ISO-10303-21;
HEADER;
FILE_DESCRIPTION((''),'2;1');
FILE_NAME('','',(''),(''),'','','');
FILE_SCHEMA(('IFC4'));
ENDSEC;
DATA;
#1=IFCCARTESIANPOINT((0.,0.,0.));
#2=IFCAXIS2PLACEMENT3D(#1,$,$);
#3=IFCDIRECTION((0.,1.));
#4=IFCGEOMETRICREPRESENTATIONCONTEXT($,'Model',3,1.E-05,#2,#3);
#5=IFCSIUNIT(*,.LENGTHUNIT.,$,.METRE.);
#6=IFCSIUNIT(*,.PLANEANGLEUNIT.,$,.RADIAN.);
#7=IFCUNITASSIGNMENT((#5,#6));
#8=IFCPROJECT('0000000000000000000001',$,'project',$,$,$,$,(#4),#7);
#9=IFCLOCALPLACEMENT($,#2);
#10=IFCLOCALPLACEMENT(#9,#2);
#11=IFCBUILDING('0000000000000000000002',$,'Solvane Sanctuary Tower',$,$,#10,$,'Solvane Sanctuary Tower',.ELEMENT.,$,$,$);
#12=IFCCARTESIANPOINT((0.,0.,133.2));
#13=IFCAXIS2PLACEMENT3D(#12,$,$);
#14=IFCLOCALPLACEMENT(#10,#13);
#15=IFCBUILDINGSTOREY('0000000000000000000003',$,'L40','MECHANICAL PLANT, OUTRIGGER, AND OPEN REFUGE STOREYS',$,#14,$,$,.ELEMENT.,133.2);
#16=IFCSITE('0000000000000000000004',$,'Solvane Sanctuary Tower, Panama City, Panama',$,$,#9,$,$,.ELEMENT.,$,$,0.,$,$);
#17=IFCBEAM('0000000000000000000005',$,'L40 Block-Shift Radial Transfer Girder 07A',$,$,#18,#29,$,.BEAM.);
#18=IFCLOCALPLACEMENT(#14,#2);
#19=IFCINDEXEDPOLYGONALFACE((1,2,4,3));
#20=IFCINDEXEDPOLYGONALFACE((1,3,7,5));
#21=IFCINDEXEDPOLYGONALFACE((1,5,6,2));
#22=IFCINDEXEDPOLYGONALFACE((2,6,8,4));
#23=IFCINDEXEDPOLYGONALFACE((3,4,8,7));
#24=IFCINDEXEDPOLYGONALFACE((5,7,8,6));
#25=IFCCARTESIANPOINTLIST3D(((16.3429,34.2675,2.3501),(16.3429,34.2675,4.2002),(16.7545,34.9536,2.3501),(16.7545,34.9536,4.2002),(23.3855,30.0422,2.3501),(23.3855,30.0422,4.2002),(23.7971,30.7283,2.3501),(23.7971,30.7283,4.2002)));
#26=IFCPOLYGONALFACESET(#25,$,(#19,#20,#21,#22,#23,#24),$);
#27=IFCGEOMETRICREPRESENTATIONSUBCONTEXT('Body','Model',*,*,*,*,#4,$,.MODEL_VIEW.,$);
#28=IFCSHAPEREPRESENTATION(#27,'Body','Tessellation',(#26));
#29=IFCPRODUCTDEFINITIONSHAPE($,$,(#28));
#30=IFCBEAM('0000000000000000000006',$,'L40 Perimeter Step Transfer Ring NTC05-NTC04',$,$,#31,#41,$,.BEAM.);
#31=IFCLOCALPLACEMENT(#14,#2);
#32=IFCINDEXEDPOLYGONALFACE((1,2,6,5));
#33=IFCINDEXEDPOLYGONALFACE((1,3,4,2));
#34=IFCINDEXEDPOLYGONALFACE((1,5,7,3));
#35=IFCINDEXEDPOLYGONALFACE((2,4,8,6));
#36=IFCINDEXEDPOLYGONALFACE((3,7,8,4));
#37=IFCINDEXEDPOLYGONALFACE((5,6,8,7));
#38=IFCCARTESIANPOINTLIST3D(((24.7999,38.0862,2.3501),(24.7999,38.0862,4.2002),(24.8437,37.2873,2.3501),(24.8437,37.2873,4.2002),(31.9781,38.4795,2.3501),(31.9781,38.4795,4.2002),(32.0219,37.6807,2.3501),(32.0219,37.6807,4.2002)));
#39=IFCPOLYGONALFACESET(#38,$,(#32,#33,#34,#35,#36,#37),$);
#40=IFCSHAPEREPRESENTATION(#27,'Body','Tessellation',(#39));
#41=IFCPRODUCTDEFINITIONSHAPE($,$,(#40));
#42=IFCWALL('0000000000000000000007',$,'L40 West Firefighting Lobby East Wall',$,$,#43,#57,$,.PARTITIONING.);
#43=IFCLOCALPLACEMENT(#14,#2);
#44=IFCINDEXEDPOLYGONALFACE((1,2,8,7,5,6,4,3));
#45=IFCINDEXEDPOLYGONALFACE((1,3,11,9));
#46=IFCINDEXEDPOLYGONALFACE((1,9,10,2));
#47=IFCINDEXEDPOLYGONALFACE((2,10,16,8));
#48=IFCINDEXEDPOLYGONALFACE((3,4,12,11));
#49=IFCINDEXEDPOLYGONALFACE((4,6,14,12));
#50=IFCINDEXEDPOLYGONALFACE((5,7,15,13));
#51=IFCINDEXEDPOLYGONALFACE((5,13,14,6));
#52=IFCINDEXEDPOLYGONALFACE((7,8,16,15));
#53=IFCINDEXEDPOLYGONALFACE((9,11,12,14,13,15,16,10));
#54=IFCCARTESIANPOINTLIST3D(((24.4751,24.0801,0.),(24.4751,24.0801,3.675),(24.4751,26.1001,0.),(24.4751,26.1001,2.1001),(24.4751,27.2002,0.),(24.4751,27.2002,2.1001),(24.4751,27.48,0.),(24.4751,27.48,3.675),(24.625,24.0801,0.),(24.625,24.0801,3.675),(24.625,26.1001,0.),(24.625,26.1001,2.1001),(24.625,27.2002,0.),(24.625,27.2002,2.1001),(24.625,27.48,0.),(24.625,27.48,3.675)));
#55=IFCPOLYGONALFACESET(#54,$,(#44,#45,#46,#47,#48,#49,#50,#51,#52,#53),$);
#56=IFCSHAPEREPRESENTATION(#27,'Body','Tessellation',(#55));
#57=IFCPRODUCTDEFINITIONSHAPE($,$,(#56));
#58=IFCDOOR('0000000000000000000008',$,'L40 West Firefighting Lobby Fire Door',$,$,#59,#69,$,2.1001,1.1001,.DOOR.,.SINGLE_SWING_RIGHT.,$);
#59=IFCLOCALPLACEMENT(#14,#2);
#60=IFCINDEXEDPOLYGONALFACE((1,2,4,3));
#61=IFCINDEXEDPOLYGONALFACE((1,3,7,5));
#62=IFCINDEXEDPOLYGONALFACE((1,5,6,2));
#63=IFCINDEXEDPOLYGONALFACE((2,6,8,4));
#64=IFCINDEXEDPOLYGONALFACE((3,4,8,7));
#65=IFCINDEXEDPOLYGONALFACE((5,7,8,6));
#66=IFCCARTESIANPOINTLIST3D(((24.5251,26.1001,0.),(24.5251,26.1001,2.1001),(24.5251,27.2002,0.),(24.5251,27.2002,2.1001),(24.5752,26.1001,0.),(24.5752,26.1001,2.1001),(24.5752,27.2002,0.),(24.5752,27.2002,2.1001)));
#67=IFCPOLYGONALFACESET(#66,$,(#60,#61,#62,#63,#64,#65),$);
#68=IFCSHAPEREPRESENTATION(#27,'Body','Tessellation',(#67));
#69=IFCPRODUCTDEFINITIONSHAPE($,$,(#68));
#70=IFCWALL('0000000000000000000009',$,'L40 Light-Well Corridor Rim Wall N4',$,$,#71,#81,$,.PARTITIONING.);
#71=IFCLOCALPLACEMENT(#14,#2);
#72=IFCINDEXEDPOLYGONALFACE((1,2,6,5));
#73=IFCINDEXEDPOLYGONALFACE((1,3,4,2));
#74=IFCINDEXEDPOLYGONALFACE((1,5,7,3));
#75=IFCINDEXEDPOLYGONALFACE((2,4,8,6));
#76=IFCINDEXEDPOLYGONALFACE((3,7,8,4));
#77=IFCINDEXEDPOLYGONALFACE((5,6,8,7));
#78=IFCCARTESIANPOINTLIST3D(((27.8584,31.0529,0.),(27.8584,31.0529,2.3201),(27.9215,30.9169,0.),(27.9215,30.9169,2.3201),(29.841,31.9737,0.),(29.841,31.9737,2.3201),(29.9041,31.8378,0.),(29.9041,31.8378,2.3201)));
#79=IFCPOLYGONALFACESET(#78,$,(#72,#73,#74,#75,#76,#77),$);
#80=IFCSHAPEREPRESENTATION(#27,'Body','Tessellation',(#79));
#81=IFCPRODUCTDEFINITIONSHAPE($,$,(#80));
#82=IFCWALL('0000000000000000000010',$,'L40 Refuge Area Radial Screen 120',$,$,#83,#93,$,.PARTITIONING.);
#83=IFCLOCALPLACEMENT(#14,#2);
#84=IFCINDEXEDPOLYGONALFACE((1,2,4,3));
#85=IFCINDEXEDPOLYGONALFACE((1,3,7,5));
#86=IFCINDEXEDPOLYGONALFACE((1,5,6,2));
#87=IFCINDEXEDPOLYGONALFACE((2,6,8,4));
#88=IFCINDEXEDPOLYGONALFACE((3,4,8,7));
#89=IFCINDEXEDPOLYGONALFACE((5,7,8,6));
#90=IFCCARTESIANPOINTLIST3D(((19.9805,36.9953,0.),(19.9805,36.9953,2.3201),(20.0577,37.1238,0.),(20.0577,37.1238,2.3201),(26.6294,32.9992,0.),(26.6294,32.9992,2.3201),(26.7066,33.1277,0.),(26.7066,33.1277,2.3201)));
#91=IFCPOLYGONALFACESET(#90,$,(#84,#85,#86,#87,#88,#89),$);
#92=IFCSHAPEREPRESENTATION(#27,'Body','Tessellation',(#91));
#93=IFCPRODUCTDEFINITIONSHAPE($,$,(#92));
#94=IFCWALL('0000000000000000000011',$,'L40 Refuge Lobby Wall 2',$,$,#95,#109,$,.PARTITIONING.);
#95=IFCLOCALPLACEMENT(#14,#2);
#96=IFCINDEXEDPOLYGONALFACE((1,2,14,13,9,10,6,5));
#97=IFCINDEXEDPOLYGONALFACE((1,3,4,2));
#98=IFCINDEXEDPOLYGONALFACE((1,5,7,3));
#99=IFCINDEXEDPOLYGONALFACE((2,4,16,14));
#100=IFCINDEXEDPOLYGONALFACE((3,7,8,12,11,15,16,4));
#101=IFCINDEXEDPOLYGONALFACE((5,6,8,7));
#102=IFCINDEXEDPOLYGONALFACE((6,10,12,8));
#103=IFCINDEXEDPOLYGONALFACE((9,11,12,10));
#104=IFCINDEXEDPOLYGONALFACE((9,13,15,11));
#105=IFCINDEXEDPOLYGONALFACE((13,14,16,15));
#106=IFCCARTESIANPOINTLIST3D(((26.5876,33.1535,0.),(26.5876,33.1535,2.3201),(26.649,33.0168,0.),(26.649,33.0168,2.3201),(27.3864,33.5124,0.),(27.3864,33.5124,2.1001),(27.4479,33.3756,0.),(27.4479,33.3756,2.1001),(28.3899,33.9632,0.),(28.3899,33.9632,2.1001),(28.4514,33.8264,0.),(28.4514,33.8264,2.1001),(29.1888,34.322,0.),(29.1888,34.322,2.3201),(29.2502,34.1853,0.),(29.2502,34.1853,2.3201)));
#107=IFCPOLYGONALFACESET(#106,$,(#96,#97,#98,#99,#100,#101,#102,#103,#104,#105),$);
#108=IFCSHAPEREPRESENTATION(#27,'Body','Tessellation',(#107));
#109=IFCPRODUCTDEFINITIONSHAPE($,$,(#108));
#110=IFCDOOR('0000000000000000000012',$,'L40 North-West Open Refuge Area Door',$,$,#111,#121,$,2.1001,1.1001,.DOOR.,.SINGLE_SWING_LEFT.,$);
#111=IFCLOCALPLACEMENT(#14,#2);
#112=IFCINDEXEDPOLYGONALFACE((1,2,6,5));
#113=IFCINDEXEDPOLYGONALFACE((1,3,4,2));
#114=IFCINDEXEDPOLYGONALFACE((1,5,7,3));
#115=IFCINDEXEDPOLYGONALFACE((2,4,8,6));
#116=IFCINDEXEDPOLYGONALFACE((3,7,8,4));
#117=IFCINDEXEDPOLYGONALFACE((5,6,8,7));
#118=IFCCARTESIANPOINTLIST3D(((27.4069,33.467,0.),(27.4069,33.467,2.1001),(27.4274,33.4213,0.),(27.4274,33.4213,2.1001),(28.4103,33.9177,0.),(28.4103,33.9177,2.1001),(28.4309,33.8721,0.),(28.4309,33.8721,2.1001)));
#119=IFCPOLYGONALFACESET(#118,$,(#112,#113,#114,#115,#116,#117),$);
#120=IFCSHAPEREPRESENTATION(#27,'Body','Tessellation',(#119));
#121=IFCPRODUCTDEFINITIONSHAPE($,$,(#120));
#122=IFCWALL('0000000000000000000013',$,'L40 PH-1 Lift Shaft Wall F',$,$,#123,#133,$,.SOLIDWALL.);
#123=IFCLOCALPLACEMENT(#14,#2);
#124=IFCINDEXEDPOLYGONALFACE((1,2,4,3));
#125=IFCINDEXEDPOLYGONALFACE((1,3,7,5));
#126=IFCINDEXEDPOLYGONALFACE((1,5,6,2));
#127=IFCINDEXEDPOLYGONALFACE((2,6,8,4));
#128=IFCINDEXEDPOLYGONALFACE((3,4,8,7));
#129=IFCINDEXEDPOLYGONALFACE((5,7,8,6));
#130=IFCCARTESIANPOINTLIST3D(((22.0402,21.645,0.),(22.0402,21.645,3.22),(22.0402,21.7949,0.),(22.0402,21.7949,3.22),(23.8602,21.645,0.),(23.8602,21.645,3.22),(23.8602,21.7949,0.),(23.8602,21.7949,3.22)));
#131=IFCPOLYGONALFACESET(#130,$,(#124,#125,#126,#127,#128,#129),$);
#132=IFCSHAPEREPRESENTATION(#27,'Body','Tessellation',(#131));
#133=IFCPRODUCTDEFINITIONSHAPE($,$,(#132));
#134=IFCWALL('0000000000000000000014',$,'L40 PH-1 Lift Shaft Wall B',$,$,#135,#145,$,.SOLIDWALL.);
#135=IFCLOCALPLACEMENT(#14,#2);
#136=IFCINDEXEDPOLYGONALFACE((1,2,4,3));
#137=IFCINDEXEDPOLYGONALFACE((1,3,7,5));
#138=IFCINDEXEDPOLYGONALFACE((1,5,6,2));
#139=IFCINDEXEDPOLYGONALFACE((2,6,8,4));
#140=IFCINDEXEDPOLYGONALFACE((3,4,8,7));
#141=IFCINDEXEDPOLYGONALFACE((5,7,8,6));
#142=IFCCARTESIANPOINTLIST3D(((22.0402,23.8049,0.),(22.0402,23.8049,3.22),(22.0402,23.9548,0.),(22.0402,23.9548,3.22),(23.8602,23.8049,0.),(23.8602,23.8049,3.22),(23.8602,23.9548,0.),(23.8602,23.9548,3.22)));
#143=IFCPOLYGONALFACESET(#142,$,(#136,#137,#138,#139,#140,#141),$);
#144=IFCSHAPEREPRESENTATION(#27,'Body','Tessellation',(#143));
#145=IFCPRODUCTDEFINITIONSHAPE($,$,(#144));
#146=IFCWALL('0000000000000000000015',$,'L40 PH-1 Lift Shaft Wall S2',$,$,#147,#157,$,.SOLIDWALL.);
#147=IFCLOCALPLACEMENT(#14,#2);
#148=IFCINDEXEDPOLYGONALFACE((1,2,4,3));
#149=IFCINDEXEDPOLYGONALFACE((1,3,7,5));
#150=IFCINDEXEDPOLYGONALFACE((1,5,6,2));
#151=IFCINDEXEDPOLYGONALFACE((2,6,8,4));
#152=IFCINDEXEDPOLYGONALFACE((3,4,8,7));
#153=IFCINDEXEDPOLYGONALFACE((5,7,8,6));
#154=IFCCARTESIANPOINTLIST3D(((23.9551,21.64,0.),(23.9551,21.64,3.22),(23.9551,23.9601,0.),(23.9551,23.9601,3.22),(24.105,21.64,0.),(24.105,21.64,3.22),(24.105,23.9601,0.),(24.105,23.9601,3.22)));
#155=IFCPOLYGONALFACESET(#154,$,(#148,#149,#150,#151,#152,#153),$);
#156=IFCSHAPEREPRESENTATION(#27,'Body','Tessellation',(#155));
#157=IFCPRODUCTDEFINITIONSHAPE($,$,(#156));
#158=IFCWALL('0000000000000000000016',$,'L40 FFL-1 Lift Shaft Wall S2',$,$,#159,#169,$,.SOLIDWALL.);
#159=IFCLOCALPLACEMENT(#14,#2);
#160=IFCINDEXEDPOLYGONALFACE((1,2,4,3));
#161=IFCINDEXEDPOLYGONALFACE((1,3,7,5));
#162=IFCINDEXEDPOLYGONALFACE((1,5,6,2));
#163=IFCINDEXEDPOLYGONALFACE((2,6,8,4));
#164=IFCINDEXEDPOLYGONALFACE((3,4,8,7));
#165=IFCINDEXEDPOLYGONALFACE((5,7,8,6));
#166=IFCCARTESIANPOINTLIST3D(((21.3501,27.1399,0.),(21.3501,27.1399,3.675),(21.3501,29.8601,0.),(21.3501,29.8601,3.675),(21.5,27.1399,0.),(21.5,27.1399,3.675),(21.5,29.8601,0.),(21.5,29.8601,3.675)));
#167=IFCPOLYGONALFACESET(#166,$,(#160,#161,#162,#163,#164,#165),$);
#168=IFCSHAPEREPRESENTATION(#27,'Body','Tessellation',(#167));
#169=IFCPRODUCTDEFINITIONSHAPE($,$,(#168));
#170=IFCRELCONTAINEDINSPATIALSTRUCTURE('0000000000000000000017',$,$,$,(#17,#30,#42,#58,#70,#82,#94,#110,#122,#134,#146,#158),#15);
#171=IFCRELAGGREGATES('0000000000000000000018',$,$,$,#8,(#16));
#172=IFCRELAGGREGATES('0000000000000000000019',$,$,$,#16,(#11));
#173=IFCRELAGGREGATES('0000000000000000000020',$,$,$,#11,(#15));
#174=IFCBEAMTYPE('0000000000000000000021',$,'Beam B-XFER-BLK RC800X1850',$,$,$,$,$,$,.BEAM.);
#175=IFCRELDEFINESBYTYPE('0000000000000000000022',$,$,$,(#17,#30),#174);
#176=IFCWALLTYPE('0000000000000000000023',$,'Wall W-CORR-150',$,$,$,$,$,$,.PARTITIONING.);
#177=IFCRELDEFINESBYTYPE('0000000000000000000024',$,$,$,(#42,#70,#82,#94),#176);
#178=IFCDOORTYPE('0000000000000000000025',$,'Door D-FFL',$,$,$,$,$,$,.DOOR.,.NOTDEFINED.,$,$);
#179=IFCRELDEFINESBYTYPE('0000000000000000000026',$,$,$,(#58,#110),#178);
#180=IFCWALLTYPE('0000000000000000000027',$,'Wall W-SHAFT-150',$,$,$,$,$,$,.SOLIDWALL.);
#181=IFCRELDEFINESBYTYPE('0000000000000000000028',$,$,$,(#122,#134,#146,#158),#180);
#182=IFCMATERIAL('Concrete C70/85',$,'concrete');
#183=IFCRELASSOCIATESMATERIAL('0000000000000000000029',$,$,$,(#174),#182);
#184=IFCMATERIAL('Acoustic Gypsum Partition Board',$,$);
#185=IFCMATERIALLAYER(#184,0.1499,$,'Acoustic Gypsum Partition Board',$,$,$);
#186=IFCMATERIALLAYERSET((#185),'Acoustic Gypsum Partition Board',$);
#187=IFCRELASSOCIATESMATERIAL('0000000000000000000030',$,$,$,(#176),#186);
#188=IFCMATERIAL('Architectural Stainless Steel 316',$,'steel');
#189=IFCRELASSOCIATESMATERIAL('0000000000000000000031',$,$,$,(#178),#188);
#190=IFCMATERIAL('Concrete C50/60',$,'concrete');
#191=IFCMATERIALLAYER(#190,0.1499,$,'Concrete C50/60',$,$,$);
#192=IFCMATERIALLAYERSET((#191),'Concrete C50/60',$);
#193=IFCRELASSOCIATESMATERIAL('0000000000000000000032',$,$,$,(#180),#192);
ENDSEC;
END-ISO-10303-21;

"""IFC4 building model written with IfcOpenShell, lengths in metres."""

from ifc_helpers import new_model, si_unit, direction, frame, frame_2d, origin, origin_2d, place, context, subcontext, project, spatial, rectangle, extrude, material, layer, layer_set, material_profile, profile_set, type_object, element, fill, save


model = new_model("IFC4")

# Units and contexts
model_context = context("Model", 3, precision=1e-05, world=origin(), true_north=direction((0.0, 1.0)))
body_context = subcontext(model_context, "Body", "Model", "MODEL_VIEW")
ifc_project = project(units=[si_unit("LENGTHUNIT", "METRE"), si_unit("PLANEANGLEUNIT", "RADIAN")], contexts=[model_context])

# Site, building, storey
site_placement = place(None, origin())
site = spatial("IfcSite", under=ifc_project, at=site_placement, Name="Solvane Sanctuary Tower, Panama City, Panama", CompositionType="ELEMENT", RefElevation=0.0)
building_placement = place(site_placement, origin())
building = spatial("IfcBuilding", under=site, at=building_placement, Name="Solvane Sanctuary Tower", LongName="Solvane Sanctuary Tower", CompositionType="ELEMENT")
storey_placement = place(building_placement, frame((0.0, 0.0, 133.2)))
storey = spatial("IfcBuildingStorey", under=building, at=storey_placement, Name="L40", Description="MECHANICAL PLANT, OUTRIGGER, AND OPEN REFUGE STOREYS", CompositionType="ELEMENT", Elevation=133.2)

# Shared definitions
ifc_material_1 = material(Name="Concrete C50/60", Category="concrete")
ifc_material_2 = material(Name="Concrete C70/85", Category="concrete")

# Beams
ifc_material_profile_1 = material_profile(ifc_material_2, rectangle(XDim=0.8, YDim=1.8501, at=origin_2d()), Name="RC800X1850")
ifc_profile_set_1 = profile_set([ifc_material_profile_1], Name="Concrete C70/85")
beam_type_1 = type_object("IfcBeamType", Name="Beam B-XFER-BLK RC800X1850", PredefinedType="BEAM", material=ifc_profile_set_1)
beam_1_placement = place(storey_placement, frame((23.5913, 30.3853, 3.2751), z_axis=(-0.857509, 0.51447, 0.0), x_axis=(-0.51447, -0.857509, 0.0)))
element("IfcBeam", 1, at=beam_1_placement, inside=storey, type_object=beam_type_1, Name="L40 Block-Shift Radial Transfer Girder 07A", PredefinedType="BEAM", context=body_context, shape_type="SweptSolid", body=[
    extrude(rectangle(XDim=0.8, YDim=1.8501, at=origin_2d()), origin(), (0.0, 0.0, 1.0), 8.2129),
])
beam_2_placement = place(storey_placement, frame((24.8218, 37.6868, 3.2751), z_axis=(0.998502, 0.05471, 0.0), x_axis=(-0.05471, 0.998502, 0.0)))
element("IfcBeam", 2, at=beam_2_placement, inside=storey, type_object=beam_type_1, Name="L40 Perimeter Step Transfer Ring NTC05-NTC04", PredefinedType="BEAM", context=body_context, shape_type="SweptSolid", body=[
    extrude(rectangle(XDim=0.8, YDim=1.8501, at=origin_2d()), origin(), (0.0, 0.0, 1.0), 7.189),
])

# Wall, opening, door
ifc_material_3 = material(Name="Acoustic Gypsum Partition Board")
ifc_layer_1 = layer(ifc_material_3, 0.1499, Name="Acoustic Gypsum Partition Board")
ifc_layer_set_1 = layer_set([ifc_layer_1], Name="Acoustic Gypsum Partition Board")
wall_type_1 = type_object("IfcWallType", Name="Wall W-CORR-150", PredefinedType="PARTITIONING", material=ifc_layer_set_1)
wall_1_placement = place(storey_placement, frame((24.55, 24.0801, 0.0), z_axis=(0.0, 0.0, 1.0), x_axis=(0.0, 1.0, 0.0)))
wall_1 = element("IfcWall", 3, at=wall_1_placement, inside=storey, type_object=wall_type_1, Name="L40 West Firefighting Lobby East Wall", PredefinedType="PARTITIONING", context=body_context, shape_type="SweptSolid", body=[
    extrude(rectangle(XDim=3.3999, YDim=0.1499, at=frame_2d((1.7, 0.0))), origin(), (0.0, 0.0, 1.0), 3.675),
])
opening_1_placement = place(wall_1_placement, frame((2.02, 0.0, 0.0)))
opening_1 = element("IfcOpeningElement", 4, at=opening_1_placement, cuts=wall_1, PredefinedType="OPENING", context=body_context, shape_type="SweptSolid", body=[
    extrude(rectangle(XDim=1.1001, YDim=2.1001, at=frame_2d((0.55, 1.05))), frame((0.0, 0.085, 0.0), z_axis=(0.0, -1.0, 0.0), x_axis=(1.0, 0.0, 0.0)), (0.0, 0.0, 1.0), 0.1699),
])
ifc_material_4 = material(Name="Architectural Stainless Steel 316", Category="steel")
door_type_1 = type_object("IfcDoorType", Name="Door D-FFL", OperationType="NOTDEFINED", PredefinedType="DOOR", material=ifc_material_4)
door_1_placement = place(opening_1_placement, origin())
door_1 = element("IfcDoor", 5, at=door_1_placement, inside=storey, type_object=door_type_1, Name="L40 West Firefighting Lobby Fire Door", OperationType="SINGLE_SWING_RIGHT", OverallHeight=2.1001, OverallWidth=1.1001, PredefinedType="DOOR", context=body_context, shape_type="SweptSolid", body=[
    extrude(rectangle(XDim=1.1001, YDim=2.1001, at=frame_2d((0.55, 1.05))), frame((0.0, 0.0249, 0.0), z_axis=(0.0, -1.0, 0.0), x_axis=(1.0, 0.0, 0.0)), (0.0, 0.0, 1.0), 0.05),
])
fill(opening_1, door_1)

# Walls
wall_2_placement = place(storey_placement, frame((29.8726, 31.9058, 0.0), z_axis=(0.0, 0.0, 1.0), x_axis=(-0.906943, -0.421252, 0.0)))
element("IfcWall", 6, at=wall_2_placement, inside=storey, type_object=wall_type_1, Name="L40 Light-Well Corridor Rim Wall N4", PredefinedType="PARTITIONING", context=body_context, shape_type="SweptSolid", body=[
    extrude(rectangle(XDim=2.186, YDim=0.1499, at=frame_2d((1.093, 0.0))), origin(), (0.0, 0.0, 1.0), 2.3201),
])
wall_3_placement = place(storey_placement, frame((26.668, 33.0635, 0.0), z_axis=(0.0, 0.0, 1.0), x_axis=(-0.857109, 0.515134, 0.0)))
element("IfcWall", 7, at=wall_3_placement, inside=storey, type_object=wall_type_1, Name="L40 Refuge Area Radial Screen 120", PredefinedType="PARTITIONING", context=body_context, shape_type="SweptSolid", body=[
    extrude(rectangle(XDim=7.7573, YDim=0.1499, at=frame_2d((3.8787, 0.0))), origin(), (0.0, 0.0, 1.0), 2.3201),
])

# Wall, opening, door
wall_4_placement = place(storey_placement, frame((29.2195, 34.2537, 0.0), z_axis=(0.0, 0.0, 1.0), x_axis=(-0.912187, -0.409774, 0.0)))
wall_4 = element("IfcWall", 8, at=wall_4_placement, inside=storey, type_object=wall_type_1, Name="L40 Refuge Lobby Wall 2", PredefinedType="PARTITIONING", context=body_context, shape_type="SweptSolid", body=[
    extrude(rectangle(XDim=2.8516, YDim=0.1499, at=frame_2d((1.4258, 0.0))), origin(), (0.0, 0.0, 1.0), 2.3201),
])
opening_2_placement = place(wall_4_placement, frame((0.8757, 0.0, 0.0)))
opening_2 = element("IfcOpeningElement", 9, at=opening_2_placement, cuts=wall_4, PredefinedType="OPENING", context=body_context, shape_type="SweptSolid", body=[
    extrude(rectangle(XDim=1.1001, YDim=2.1001, at=frame_2d((0.55, 1.05))), frame((0.0, 0.085, 0.0), z_axis=(0.0, -1.0, 0.0), x_axis=(1.0, 0.0, 0.0)), (0.0, 0.0, 1.0), 0.1699),
])
door_2_placement = place(opening_2_placement, origin())
door_2 = element("IfcDoor", 10, at=door_2_placement, inside=storey, type_object=door_type_1, Name="L40 North-West Open Refuge Area Door", OperationType="SINGLE_SWING_LEFT", OverallHeight=2.1001, OverallWidth=1.1001, PredefinedType="DOOR", context=body_context, shape_type="SweptSolid", body=[
    extrude(rectangle(XDim=1.1001, YDim=2.1001, at=frame_2d((0.55, 1.05))), frame((0.0, 0.0249, 0.0), z_axis=(0.0, -1.0, 0.0), x_axis=(1.0, 0.0, 0.0)), (0.0, 0.0, 1.0), 0.05),
])
fill(opening_2, door_2)

# Walls
ifc_layer_2 = layer(ifc_material_1, 0.1499, Name="Concrete C50/60")
ifc_layer_set_2 = layer_set([ifc_layer_2], Name="Concrete C50/60")
wall_type_2 = type_object("IfcWallType", Name="Wall W-SHAFT-150", PredefinedType="SOLIDWALL", material=ifc_layer_set_2)
for number, where, z_axis, x_axis, name in (
    (11, (22.04, 21.72, 0.0), (0.0, 0.0, 1.0), (1.0, 0.0, 0.0), "L40 PH-1 Lift Shaft Wall F"),
    (12, (22.04, 23.8799, 0.0), (0.0, 0.0, 1.0), (1.0, 0.0, 0.0), "L40 PH-1 Lift Shaft Wall B"),
):
    element("IfcWall", number, at=place(storey_placement, frame(where, z_axis=z_axis, x_axis=x_axis)), inside=storey, type_object=wall_type_2, Name=name, PredefinedType="SOLIDWALL", context=body_context, shape_type="SweptSolid", body=[
        extrude(rectangle(XDim=1.8201, YDim=0.1499, at=frame_2d((0.9102, 0.0))), origin(), (0.0, 0.0, 1.0), 3.22),
    ])
wall_5_placement = place(storey_placement, frame((24.03, 21.6399, 0.0), z_axis=(0.0, 0.0, 1.0), x_axis=(0.0, 1.0, 0.0)))
element("IfcWall", 13, at=wall_5_placement, inside=storey, type_object=wall_type_2, Name="L40 PH-1 Lift Shaft Wall S2", PredefinedType="SOLIDWALL", context=body_context, shape_type="SweptSolid", body=[
    extrude(rectangle(XDim=2.3201, YDim=0.1499, at=frame_2d((1.1602, 0.0))), origin(), (0.0, 0.0, 1.0), 3.22),
])
wall_6_placement = place(storey_placement, frame((21.425, 27.1399, 0.0), z_axis=(0.0, 0.0, 1.0), x_axis=(0.0, 1.0, 0.0)))
element("IfcWall", 14, at=wall_6_placement, inside=storey, type_object=wall_type_2, Name="L40 FFL-1 Lift Shaft Wall S2", PredefinedType="SOLIDWALL", context=body_context, shape_type="SweptSolid", body=[
    extrude(rectangle(XDim=2.7202, YDim=0.1499, at=frame_2d((1.3601, 0.0))), origin(), (0.0, 0.0, 1.0), 3.675),
])

save(model, "model.ifc")
